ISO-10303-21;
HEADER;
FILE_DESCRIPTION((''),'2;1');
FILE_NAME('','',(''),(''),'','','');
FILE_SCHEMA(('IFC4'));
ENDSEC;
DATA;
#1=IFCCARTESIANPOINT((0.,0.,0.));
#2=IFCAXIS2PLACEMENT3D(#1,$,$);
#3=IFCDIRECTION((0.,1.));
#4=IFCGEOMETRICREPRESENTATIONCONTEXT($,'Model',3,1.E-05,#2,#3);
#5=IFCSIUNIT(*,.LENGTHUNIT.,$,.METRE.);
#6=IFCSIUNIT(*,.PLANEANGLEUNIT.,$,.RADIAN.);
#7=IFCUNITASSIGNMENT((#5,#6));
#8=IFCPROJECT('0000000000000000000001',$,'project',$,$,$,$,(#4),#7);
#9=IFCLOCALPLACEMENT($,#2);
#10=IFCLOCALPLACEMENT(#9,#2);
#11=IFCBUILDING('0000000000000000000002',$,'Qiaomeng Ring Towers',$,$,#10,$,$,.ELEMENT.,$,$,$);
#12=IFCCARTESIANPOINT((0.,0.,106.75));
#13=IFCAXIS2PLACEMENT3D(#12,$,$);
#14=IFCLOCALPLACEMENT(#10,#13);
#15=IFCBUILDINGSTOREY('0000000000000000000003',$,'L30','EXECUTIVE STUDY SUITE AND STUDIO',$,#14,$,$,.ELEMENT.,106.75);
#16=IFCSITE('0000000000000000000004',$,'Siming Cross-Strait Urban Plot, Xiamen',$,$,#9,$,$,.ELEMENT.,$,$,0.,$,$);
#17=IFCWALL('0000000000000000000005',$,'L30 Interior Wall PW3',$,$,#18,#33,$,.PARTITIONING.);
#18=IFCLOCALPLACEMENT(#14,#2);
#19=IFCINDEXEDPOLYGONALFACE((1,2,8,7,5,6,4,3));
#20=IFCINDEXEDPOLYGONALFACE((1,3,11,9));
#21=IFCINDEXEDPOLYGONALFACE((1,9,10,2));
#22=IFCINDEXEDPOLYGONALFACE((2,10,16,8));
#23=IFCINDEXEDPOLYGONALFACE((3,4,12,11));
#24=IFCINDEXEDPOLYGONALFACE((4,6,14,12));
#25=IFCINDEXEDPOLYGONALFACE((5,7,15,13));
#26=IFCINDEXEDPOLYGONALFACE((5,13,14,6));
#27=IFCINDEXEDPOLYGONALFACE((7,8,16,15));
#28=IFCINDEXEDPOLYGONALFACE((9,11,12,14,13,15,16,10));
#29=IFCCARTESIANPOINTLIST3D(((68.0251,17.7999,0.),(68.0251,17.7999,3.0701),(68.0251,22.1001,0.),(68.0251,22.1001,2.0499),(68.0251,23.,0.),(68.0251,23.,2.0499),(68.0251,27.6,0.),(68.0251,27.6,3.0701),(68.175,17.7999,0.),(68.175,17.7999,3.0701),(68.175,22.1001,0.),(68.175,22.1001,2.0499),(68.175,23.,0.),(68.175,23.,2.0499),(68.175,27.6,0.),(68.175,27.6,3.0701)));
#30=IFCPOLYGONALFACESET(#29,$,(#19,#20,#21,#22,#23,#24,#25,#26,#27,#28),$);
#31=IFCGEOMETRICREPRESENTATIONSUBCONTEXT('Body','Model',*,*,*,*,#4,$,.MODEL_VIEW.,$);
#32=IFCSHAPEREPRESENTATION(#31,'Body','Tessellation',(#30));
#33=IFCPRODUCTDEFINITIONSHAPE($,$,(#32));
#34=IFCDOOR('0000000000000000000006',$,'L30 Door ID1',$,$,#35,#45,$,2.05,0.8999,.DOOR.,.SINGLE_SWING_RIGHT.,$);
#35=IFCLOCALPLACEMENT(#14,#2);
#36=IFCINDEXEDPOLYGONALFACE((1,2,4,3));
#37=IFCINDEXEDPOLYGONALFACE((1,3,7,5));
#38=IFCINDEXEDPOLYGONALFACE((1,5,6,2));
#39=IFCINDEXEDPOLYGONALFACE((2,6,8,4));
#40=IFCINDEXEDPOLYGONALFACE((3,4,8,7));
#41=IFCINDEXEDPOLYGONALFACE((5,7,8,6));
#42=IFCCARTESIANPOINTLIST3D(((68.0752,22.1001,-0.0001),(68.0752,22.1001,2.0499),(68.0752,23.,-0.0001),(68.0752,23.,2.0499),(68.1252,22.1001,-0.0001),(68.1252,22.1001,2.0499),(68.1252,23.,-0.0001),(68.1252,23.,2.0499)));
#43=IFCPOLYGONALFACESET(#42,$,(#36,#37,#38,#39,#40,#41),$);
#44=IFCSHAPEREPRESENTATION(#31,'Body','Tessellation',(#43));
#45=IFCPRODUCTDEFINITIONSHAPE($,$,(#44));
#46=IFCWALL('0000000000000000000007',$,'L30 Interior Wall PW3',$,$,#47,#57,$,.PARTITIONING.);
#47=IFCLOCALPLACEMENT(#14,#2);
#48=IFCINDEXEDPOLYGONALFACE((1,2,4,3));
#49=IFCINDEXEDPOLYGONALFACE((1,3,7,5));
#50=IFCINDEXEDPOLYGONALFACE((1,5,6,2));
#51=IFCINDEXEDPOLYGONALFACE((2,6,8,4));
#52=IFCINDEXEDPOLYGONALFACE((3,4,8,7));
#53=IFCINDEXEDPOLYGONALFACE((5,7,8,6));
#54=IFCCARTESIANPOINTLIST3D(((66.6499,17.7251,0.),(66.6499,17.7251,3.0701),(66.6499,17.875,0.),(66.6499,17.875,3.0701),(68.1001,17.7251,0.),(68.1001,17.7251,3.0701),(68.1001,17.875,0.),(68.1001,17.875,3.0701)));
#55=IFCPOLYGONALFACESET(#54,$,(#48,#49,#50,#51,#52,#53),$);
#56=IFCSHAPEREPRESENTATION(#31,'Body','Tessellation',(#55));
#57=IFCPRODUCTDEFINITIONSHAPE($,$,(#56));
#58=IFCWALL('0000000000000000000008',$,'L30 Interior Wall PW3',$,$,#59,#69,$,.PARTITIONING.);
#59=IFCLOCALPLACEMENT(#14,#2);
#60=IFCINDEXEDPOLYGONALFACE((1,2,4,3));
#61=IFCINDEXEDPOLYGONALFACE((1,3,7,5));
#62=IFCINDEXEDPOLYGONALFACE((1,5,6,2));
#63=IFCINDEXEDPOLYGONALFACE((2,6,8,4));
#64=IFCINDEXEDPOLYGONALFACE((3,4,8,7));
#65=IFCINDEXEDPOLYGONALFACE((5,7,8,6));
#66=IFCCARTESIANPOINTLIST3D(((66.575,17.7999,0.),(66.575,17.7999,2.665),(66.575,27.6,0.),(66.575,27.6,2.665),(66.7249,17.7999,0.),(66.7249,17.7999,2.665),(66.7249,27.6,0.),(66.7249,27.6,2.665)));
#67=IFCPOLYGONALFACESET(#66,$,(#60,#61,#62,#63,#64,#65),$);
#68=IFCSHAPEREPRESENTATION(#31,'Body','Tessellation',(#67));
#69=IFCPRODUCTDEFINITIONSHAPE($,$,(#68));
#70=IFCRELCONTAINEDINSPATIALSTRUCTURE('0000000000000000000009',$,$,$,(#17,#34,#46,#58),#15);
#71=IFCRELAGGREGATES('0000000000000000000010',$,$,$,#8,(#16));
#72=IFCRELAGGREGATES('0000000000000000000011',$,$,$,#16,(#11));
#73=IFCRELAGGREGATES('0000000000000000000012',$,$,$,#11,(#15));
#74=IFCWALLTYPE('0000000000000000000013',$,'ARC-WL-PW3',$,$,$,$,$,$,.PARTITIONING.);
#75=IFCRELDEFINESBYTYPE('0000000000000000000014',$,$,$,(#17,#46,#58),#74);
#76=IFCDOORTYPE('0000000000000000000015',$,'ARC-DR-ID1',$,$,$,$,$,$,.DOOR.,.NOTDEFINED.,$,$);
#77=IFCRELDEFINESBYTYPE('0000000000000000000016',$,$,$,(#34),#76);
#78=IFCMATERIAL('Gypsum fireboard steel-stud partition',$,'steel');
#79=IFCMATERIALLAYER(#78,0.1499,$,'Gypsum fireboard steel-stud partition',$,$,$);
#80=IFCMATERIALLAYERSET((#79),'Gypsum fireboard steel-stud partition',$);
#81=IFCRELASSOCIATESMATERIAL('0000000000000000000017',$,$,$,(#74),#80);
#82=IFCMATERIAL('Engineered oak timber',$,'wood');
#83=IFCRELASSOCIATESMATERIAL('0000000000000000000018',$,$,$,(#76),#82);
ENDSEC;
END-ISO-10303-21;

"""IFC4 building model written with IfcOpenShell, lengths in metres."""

from ifc_helpers import new_model, si_unit, direction, frame, frame_2d, origin, place, context, subcontext, project, spatial, rectangle, extrude, source, transform, mapped, material, layer, layer_set, type_object, element, fill, save


model = new_model("IFC4")

# Units and contexts
model_context = context("Model", 3, precision=1e-05, world=origin(), true_north=direction((0.0, 1.0)))
body_context = subcontext(model_context, "Body", "Model", "MODEL_VIEW")
ifc_project = project(units=[si_unit("LENGTHUNIT", "METRE"), si_unit("PLANEANGLEUNIT", "RADIAN")], contexts=[model_context])

# Site, building, storey
site_placement = place(None, origin())
site = spatial("IfcSite", under=ifc_project, at=site_placement, Name="Siming Cross-Strait Urban Plot, Xiamen", CompositionType="ELEMENT", RefElevation=0.0)
building_placement = place(site_placement, origin())
building = spatial("IfcBuilding", under=site, at=building_placement, Name="Qiaomeng Ring Towers", CompositionType="ELEMENT")
storey_placement = place(building_placement, frame((0.0, 0.0, 106.75)))
storey = spatial("IfcBuildingStorey", under=building, at=storey_placement, Name="L30", Description="EXECUTIVE STUDY SUITE AND STUDIO", CompositionType="ELEMENT", Elevation=106.75)

# Shared definitions
ifc_material_1 = material(Name="Gypsum fireboard steel-stud partition", Category="steel")
ifc_layer_1 = layer(ifc_material_1, 0.1499, Name="Gypsum fireboard steel-stud partition")
ifc_layer_set_1 = layer_set([ifc_layer_1], Name="Gypsum fireboard steel-stud partition")
wall_type_1 = type_object("IfcWallType", Name="ARC-WL-PW3", PredefinedType="PARTITIONING", material=ifc_layer_set_1)

# Wall, opening, door
wall_1_placement = place(storey_placement, frame((68.1001, 17.8, 0.0), z_axis=(0.0, 0.0, 1.0), x_axis=(0.0, 1.0, 0.0)))
wall_1 = element("IfcWall", 1, at=wall_1_placement, inside=storey, type_object=wall_type_1, Name="L30 Interior Wall PW3", PredefinedType="PARTITIONING", context=body_context, shape_type="SweptSolid", body=[
    extrude(rectangle(XDim=9.8, YDim=0.1499, at=frame_2d((4.8999, 0.0))), origin(), (0.0, 0.0, 1.0), 3.0701),
])
opening_1_placement = place(wall_1_placement, frame((4.3, 0.0, 0.0)))
opening_1 = element("IfcOpeningElement", 2, at=opening_1_placement, cuts=wall_1, PredefinedType="OPENING", context=body_context, shape_type="SweptSolid", body=[
    extrude(rectangle(XDim=0.8999, YDim=2.05, at=frame_2d((0.45, 1.0249))), frame((0.0, 0.085, 0.0), z_axis=(0.0, -1.0, 0.0), x_axis=(1.0, 0.0, 0.0)), (0.0, 0.0, 1.0), 0.1699),
])
ifc_material_2 = material(Name="Engineered oak timber", Category="wood")
door_type_1 = type_object("IfcDoorType", Name="ARC-DR-ID1", OperationType="NOTDEFINED", PredefinedType="DOOR", material=ifc_material_2)
shared_shape_1 = source(origin(), body_context, "Body", "SweptSolid", [
    extrude(rectangle(XDim=0.8999, YDim=2.05, at=frame_2d((0.45, 1.0249))), frame((0.0, 0.0249, 0.0), z_axis=(0.0, -1.0, 0.0), x_axis=(1.0, 0.0, 0.0)), (0.0, 0.0, 1.0), 0.05),
])
door_1_placement = place(opening_1_placement, origin())
door_1 = element("IfcDoor", 3, at=door_1_placement, inside=storey, type_object=door_type_1, Name="L30 Door ID1", OperationType="SINGLE_SWING_RIGHT", OverallHeight=2.05, OverallWidth=0.8999, PredefinedType="DOOR", context=body_context, shape_type="MappedRepresentation", body=[
    mapped(shared_shape_1, transform((0.0, 0.0, 0.0), x_axis=(1.0, 0.0, 0.0), y_axis=(0.0, 1.0, 0.0), z_axis=(0.0, 0.0, 1.0), scale=1.0)),
])
fill(opening_1, door_1)

# Walls
wall_2_placement = place(storey_placement, frame((66.6499, 17.8, 0.0), z_axis=(0.0, 0.0, 1.0), x_axis=(1.0, 0.0, 0.0)))
element("IfcWall", 4, at=wall_2_placement, inside=storey, type_object=wall_type_1, Name="L30 Interior Wall PW3", PredefinedType="PARTITIONING", context=body_context, shape_type="SweptSolid", body=[
    extrude(rectangle(XDim=1.4502, YDim=0.1499, at=frame_2d((0.7251, 0.0))), origin(), (0.0, 0.0, 1.0), 3.0701),
])
wall_3_placement = place(storey_placement, frame((66.6499, 17.8, 0.0), z_axis=(0.0, 0.0, 1.0), x_axis=(0.0, 1.0, 0.0)))
element("IfcWall", 5, at=wall_3_placement, inside=storey, type_object=wall_type_1, Name="L30 Interior Wall PW3", PredefinedType="PARTITIONING", context=body_context, shape_type="SweptSolid", body=[
    extrude(rectangle(XDim=9.8, YDim=0.1499, at=frame_2d((4.8999, 0.0))), origin(), (0.0, 0.0, 1.0), 2.665),
])

save(model, "model.ifc")
